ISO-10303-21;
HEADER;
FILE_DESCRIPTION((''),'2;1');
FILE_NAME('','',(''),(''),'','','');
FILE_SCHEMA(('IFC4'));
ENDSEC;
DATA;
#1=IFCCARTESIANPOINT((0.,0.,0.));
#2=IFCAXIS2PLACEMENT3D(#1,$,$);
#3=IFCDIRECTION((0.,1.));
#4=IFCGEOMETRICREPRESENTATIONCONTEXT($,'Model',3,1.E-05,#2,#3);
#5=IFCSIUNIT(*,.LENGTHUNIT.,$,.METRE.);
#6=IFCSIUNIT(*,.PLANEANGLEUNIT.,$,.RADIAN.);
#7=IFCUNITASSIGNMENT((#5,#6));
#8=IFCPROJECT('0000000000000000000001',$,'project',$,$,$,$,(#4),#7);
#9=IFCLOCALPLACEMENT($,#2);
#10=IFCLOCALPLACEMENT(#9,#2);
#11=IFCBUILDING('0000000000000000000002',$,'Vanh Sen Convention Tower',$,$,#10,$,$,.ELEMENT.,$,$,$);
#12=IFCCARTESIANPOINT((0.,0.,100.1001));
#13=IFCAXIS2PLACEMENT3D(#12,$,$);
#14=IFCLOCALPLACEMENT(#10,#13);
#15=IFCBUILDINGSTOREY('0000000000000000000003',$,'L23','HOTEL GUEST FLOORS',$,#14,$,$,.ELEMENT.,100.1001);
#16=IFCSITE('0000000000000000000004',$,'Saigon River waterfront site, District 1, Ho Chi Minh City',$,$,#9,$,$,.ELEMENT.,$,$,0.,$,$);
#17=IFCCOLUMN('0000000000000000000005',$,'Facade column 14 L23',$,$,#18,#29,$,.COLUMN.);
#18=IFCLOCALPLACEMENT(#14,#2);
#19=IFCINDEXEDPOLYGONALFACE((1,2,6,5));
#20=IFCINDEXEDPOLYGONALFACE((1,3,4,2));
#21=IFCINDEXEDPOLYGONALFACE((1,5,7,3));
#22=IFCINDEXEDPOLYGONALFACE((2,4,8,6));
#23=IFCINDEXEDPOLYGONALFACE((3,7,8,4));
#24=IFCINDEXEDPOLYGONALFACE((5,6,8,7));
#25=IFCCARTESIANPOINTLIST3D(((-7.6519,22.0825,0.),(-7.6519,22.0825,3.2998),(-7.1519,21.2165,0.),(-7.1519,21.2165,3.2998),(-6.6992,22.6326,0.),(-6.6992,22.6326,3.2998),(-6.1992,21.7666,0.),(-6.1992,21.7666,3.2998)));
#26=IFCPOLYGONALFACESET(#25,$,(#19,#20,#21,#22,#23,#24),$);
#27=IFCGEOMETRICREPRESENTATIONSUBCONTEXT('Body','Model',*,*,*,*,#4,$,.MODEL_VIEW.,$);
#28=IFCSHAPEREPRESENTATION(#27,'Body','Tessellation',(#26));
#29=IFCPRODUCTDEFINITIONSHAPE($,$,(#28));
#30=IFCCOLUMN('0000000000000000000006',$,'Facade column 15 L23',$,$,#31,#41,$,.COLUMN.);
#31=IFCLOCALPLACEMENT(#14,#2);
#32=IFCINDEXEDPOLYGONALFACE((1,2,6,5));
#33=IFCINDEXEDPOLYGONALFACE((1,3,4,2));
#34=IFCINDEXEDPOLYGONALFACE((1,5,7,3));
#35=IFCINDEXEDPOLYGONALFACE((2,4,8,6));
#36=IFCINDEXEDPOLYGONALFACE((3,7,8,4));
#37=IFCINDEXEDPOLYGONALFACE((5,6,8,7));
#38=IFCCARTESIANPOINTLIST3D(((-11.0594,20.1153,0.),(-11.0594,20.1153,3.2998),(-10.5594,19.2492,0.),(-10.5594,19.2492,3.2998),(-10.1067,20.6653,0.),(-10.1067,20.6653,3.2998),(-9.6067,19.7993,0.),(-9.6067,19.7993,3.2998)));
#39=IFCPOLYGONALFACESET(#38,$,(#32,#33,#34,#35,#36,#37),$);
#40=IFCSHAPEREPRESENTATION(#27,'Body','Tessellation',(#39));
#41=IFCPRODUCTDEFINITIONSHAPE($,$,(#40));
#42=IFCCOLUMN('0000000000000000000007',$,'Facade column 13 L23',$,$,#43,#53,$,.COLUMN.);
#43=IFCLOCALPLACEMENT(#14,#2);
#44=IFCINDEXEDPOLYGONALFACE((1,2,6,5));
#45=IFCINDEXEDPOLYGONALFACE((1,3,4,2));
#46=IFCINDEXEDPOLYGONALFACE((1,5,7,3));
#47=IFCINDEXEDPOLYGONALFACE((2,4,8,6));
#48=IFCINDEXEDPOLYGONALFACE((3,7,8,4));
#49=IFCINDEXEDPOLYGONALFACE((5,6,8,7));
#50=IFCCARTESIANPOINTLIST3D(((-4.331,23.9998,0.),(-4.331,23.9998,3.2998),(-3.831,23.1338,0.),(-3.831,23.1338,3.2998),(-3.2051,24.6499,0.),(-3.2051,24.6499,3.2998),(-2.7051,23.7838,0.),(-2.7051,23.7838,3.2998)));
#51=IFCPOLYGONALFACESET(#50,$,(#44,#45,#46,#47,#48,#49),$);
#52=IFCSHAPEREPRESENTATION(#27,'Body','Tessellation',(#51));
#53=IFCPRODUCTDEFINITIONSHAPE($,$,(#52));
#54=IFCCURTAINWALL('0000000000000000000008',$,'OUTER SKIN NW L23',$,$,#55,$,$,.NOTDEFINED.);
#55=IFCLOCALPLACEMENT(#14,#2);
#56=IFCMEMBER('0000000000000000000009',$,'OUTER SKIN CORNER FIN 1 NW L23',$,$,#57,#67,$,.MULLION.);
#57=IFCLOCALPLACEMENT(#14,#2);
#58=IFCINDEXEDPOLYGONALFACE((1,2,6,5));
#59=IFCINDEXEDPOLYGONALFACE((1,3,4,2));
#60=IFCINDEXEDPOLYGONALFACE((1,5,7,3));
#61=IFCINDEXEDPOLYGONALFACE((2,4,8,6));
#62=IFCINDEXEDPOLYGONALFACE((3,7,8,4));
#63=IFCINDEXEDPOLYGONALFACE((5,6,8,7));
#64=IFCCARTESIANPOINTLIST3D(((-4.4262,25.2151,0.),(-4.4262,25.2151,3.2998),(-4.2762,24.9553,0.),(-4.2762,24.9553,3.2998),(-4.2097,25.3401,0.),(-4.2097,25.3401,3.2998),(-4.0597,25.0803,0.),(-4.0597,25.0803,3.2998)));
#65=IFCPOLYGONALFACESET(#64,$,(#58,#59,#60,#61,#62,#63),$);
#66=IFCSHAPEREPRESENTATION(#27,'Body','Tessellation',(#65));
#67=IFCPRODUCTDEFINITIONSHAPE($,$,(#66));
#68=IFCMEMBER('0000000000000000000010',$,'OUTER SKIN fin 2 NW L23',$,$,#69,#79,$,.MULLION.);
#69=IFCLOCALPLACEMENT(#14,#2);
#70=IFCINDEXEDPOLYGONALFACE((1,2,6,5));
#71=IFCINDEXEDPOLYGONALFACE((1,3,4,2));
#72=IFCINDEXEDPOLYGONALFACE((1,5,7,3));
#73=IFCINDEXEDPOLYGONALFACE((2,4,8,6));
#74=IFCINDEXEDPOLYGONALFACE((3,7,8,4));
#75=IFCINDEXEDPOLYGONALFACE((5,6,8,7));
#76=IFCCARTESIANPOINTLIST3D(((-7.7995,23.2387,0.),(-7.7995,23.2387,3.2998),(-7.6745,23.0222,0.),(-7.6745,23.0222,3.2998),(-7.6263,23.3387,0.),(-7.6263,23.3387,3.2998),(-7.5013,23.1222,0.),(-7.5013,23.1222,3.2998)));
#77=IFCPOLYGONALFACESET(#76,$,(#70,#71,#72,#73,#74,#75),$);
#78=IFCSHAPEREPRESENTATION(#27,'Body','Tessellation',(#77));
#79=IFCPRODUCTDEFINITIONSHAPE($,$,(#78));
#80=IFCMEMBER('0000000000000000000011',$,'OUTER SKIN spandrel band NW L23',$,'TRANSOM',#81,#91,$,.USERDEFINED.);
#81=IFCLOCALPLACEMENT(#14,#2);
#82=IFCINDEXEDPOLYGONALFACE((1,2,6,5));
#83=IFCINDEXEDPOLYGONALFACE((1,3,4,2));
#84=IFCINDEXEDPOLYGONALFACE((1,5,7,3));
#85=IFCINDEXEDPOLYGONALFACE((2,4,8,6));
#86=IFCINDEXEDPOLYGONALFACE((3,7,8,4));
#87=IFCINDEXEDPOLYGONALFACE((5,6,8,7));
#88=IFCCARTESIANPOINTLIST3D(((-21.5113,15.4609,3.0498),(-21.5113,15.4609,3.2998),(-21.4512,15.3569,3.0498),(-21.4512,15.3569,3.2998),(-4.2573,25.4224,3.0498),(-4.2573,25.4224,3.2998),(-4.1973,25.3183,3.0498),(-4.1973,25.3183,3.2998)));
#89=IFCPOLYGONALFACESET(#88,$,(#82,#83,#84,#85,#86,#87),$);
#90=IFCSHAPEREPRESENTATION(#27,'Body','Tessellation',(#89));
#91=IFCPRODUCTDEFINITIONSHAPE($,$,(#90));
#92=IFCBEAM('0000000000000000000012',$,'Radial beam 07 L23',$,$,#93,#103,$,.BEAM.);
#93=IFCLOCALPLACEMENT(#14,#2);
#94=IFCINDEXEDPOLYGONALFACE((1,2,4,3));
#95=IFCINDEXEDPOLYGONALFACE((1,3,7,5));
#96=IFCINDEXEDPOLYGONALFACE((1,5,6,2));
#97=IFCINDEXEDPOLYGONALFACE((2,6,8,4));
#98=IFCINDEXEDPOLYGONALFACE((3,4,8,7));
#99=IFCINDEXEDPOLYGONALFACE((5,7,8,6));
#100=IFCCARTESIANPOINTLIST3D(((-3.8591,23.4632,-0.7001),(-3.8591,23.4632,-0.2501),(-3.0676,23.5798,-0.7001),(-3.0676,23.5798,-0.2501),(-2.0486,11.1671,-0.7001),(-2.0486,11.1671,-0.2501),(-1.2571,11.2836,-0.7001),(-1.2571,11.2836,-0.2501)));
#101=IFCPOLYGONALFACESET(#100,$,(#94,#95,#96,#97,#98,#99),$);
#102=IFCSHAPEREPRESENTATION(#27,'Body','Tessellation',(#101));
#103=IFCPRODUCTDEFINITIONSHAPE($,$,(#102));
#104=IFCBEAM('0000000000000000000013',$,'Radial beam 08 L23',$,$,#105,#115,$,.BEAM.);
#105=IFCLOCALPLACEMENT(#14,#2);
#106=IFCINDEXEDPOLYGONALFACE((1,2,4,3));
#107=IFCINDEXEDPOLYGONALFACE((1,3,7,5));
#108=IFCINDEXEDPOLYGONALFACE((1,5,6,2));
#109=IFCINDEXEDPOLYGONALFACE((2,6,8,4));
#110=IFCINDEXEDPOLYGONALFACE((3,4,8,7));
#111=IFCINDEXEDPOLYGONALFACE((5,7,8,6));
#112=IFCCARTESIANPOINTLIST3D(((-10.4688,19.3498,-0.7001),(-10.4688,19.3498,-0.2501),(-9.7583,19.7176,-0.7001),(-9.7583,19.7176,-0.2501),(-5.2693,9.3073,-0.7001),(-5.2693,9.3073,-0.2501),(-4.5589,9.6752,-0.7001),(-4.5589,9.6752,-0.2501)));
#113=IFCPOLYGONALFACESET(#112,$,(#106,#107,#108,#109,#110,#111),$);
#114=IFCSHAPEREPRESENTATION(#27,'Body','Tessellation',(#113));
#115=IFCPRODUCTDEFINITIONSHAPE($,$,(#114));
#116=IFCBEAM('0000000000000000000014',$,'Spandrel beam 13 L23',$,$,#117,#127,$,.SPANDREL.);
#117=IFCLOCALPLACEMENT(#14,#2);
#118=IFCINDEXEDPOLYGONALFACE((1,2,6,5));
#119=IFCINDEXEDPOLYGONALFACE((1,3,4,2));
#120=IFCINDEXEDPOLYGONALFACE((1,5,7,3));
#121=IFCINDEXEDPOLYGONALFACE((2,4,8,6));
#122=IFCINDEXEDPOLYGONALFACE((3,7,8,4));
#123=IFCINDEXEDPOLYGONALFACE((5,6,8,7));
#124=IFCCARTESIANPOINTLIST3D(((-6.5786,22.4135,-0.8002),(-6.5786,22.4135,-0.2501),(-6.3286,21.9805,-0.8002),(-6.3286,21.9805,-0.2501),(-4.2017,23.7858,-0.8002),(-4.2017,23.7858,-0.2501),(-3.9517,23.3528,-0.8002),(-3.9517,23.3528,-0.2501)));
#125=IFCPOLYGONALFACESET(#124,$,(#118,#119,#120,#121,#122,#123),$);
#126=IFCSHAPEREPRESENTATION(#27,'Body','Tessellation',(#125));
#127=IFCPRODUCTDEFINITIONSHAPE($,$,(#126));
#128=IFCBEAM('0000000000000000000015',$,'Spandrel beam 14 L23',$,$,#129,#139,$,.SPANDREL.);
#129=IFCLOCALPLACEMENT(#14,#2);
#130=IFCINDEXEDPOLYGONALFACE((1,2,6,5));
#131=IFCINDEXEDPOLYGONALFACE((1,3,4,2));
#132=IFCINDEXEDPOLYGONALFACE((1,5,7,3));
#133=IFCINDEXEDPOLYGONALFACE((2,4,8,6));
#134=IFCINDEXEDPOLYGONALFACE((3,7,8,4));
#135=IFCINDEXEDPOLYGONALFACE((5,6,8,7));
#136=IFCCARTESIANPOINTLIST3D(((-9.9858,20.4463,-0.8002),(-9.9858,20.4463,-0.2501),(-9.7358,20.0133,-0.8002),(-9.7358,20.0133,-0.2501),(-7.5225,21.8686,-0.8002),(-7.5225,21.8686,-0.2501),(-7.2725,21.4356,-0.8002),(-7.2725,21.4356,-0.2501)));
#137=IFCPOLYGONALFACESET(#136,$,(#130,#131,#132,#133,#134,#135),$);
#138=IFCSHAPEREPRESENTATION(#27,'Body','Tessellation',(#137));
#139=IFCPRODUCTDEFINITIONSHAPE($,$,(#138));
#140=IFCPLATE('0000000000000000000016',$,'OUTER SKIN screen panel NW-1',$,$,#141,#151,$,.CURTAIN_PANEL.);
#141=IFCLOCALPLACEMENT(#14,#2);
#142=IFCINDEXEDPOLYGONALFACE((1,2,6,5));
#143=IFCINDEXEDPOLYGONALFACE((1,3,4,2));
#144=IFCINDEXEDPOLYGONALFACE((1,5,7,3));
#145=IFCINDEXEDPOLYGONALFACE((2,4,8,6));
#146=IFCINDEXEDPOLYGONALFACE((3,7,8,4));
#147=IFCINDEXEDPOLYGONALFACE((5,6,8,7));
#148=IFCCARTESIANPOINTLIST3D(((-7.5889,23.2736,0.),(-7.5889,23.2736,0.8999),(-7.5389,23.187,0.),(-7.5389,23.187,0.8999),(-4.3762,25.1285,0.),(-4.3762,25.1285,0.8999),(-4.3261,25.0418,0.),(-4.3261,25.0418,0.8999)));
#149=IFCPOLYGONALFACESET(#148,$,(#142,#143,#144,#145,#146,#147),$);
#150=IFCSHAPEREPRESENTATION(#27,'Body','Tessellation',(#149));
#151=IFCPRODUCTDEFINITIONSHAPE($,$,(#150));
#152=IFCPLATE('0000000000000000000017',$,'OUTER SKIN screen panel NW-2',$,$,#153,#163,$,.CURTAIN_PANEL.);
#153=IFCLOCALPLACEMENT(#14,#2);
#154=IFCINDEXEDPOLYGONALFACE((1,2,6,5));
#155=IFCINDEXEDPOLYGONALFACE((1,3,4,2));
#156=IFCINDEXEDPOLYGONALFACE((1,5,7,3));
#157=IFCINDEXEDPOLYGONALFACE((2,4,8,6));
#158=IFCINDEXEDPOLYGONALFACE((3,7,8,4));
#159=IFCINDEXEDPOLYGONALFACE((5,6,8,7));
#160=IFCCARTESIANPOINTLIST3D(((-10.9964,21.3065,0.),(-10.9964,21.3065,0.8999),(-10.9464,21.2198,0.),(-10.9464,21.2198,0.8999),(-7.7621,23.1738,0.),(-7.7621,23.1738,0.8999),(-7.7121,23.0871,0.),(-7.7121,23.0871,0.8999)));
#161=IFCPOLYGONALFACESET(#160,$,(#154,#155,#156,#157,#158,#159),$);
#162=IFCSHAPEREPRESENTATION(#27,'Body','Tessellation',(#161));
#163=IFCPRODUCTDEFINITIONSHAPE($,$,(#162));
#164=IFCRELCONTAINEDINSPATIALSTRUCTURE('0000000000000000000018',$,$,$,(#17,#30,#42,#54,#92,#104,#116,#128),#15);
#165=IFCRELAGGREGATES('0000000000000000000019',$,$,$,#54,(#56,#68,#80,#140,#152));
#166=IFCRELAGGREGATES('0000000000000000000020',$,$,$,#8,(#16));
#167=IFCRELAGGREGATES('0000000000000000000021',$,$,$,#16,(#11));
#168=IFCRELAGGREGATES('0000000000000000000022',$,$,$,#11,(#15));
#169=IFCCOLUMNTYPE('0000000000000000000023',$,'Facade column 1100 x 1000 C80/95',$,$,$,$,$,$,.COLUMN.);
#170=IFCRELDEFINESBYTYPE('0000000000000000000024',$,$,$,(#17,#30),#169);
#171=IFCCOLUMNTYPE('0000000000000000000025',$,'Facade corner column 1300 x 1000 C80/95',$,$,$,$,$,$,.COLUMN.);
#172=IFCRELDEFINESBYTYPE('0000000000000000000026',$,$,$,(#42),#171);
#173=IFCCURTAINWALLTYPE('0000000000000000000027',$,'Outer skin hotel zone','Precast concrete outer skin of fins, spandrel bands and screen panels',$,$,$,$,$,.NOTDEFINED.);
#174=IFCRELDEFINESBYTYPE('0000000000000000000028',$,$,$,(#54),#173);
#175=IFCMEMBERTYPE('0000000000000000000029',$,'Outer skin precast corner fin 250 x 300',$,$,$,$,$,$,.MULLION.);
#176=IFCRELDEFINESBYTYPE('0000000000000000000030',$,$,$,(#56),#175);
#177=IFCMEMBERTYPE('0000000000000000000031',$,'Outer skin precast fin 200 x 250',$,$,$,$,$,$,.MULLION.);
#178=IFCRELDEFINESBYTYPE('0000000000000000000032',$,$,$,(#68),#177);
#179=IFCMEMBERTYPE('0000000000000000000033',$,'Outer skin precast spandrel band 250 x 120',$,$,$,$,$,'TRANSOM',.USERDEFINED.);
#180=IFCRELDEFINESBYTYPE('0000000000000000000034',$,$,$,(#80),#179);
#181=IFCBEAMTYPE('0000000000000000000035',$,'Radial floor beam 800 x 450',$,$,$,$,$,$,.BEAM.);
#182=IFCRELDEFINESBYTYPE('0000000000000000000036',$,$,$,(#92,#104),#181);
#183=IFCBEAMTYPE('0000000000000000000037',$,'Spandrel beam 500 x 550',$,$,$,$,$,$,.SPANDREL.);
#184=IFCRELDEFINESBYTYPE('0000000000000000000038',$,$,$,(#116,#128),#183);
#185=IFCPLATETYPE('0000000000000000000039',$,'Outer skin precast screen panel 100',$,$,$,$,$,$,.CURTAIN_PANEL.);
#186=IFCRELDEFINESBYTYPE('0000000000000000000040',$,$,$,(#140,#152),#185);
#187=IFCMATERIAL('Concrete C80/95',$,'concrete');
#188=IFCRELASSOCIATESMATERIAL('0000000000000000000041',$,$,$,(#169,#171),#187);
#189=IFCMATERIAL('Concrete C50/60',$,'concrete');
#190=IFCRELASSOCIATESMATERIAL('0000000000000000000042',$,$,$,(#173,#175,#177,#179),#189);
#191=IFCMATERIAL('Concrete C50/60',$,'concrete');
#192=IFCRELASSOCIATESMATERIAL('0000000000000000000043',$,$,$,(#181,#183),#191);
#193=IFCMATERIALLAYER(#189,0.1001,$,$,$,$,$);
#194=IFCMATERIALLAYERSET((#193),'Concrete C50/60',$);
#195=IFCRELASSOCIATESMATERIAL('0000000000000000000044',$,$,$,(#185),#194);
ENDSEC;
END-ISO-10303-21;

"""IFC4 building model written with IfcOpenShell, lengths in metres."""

from ifc_helpers import new_model, si_unit, direction, frame, origin, origin_2d, place, context, subcontext, project, spatial, rectangle, extrude, material, layer, layer_set, material_profile, profile_set, type_object, element, aggregate, save


model = new_model("IFC4")

# Units and contexts
model_context = context("Model", 3, precision=1e-05, world=origin(), true_north=direction((0.0, 1.0)))
body_context = subcontext(model_context, "Body", "Model", "MODEL_VIEW")
ifc_project = project(units=[si_unit("LENGTHUNIT", "METRE"), si_unit("PLANEANGLEUNIT", "RADIAN")], contexts=[model_context])

# Site, building, storey
site_placement = place(None, origin())
site = spatial("IfcSite", under=ifc_project, at=site_placement, Name="Saigon River waterfront site, District 1, Ho Chi Minh City", CompositionType="ELEMENT", RefElevation=0.0)
building_placement = place(site_placement, origin())
building = spatial("IfcBuilding", under=site, at=building_placement, Name="Vanh Sen Convention Tower", CompositionType="ELEMENT")
storey_placement = place(building_placement, frame((0.0, 0.0, 100.1001)))
storey = spatial("IfcBuildingStorey", under=building, at=storey_placement, Name="L23", Description="HOTEL GUEST FLOORS", CompositionType="ELEMENT", Elevation=100.1001)

# Columns
ifc_material_1 = material(Name="Concrete C80/95", Category="concrete")
ifc_material_profile_1 = material_profile(ifc_material_1, rectangle(XDim=1.1001, YDim=1.0, at=origin_2d()), Name="RC 1100X1000")
ifc_profile_set_1 = profile_set([ifc_material_profile_1], Name="Concrete C80/95")
column_type_1 = type_object("IfcColumnType", Name="Facade column 1100 x 1000 C80/95", PredefinedType="COLUMN", material=ifc_profile_set_1)
for number, where, z_axis, x_axis, name in (
    (1, (-6.9255, 21.9246, 0.0), (0.0, 0.0, 1.0), (-0.866025, -0.5, 0.0), "Facade column 14 L23"),
    (2, (-10.333, 19.9573, 0.0), (0.0, 0.0, 1.0), (-0.866025, -0.5, 0.0), "Facade column 15 L23"),
):
    element("IfcColumn", number, at=place(storey_placement, frame(where, z_axis=z_axis, x_axis=x_axis)), inside=storey, type_object=column_type_1, Name=name, PredefinedType="COLUMN", context=body_context, shape_type="SweptSolid", body=[
        extrude(rectangle(XDim=1.1001, YDim=1.0, at=origin_2d()), origin(), (0.0, 0.0, 1.0), 3.2998),
    ])
ifc_material_profile_2 = material_profile(ifc_material_1, rectangle(XDim=1.3, YDim=1.0, at=origin_2d()), Name="RC 1300X1000")
ifc_profile_set_2 = profile_set([ifc_material_profile_2], Name="Concrete C80/95")
column_type_2 = type_object("IfcColumnType", Name="Facade corner column 1300 x 1000 C80/95", PredefinedType="COLUMN", material=ifc_profile_set_2)
column_placement = place(storey_placement, frame((-3.5181, 23.8918, 0.0), z_axis=(0.0, 0.0, 1.0), x_axis=(-0.866025, -0.5, 0.0)))
element("IfcColumn", 3, at=column_placement, inside=storey, type_object=column_type_2, Name="Facade column 13 L23", PredefinedType="COLUMN", context=body_context, shape_type="SweptSolid", body=[
    extrude(rectangle(XDim=1.3, YDim=1.0, at=origin_2d()), origin(), (0.0, 0.0, 1.0), 3.2998),
])

# Curtain wall, members
ifc_material_2 = material(Name="Concrete C50/60", Category="concrete")
curtain_wall_type = type_object("IfcCurtainWallType", Name="Outer skin hotel zone", Description="Precast concrete outer skin of fins, spandrel bands and screen panels", PredefinedType="NOTDEFINED", material=ifc_material_2)
curtain_wall_placement = place(storey_placement, origin())
curtain_wall = element("IfcCurtainWall", 4, at=curtain_wall_placement, inside=storey, type_object=curtain_wall_type, Name="OUTER SKIN NW L23", PredefinedType="NOTDEFINED")
ifc_material_profile_3 = material_profile(ifc_material_2, rectangle(XDim=0.25, YDim=0.3, at=origin_2d()), Name="Outer skin precast corner fin 250 x 300")
ifc_profile_set_3 = profile_set([ifc_material_profile_3], Name="Concrete C50/60")
member_type_1 = type_object("IfcMemberType", Name="Outer skin precast corner fin 250 x 300", PredefinedType="MULLION", material=ifc_profile_set_3)
member_1_placement = place(storey_placement, frame((-4.2429, 25.1477, 0.0), z_axis=(0.0, 0.0, 1.0), x_axis=(-0.866025, -0.5, 0.0)))
member_1 = element("IfcMember", 5, at=member_1_placement, type_object=member_type_1, Name="OUTER SKIN CORNER FIN 1 NW L23", PredefinedType="MULLION", context=body_context, shape_type="SweptSolid", body=[
    extrude(rectangle(XDim=0.25, YDim=0.3, at=origin_2d()), origin(), (0.0, 0.0, 1.0), 3.2998),
])
ifc_material_profile_4 = material_profile(ifc_material_2, rectangle(XDim=0.2, YDim=0.25, at=origin_2d()), Name="Outer skin precast fin 200 x 250")
ifc_profile_set_4 = profile_set([ifc_material_profile_4], Name="Concrete C50/60")
member_type_2 = type_object("IfcMemberType", Name="Outer skin precast fin 200 x 250", PredefinedType="MULLION", material=ifc_profile_set_4)
member_2_placement = place(storey_placement, frame((-7.6504, 23.1804, 0.0), z_axis=(0.0, 0.0, 1.0), x_axis=(-0.866025, -0.5, 0.0)))
member_2 = element("IfcMember", 6, at=member_2_placement, type_object=member_type_2, Name="OUTER SKIN fin 2 NW L23", PredefinedType="MULLION", context=body_context, shape_type="SweptSolid", body=[
    extrude(rectangle(XDim=0.2, YDim=0.25, at=origin_2d()), origin(), (0.0, 0.0, 1.0), 3.2998),
])
ifc_material_profile_5 = material_profile(ifc_material_2, rectangle(XDim=0.1201, YDim=0.25, at=origin_2d()), Name="Outer skin precast spandrel band 250 x 120")
ifc_profile_set_5 = profile_set([ifc_material_profile_5], Name="Concrete C50/60")
member_type_3 = type_object("IfcMemberType", Name="Outer skin precast spandrel band 250 x 120", ElementType="TRANSOM", PredefinedType="USERDEFINED", material=ifc_profile_set_5)
member_3_placement = place(storey_placement, frame((-4.2273, 25.3704, 3.1748), z_axis=(-0.866028, -0.499995, 0.0), x_axis=(0.499995, -0.866028, 0.0)))
member_3 = element("IfcMember", 7, at=member_3_placement, type_object=member_type_3, Name="OUTER SKIN spandrel band NW L23", ObjectType="TRANSOM", PredefinedType="USERDEFINED", context=body_context, shape_type="SweptSolid", body=[
    extrude(rectangle(XDim=0.1201, YDim=0.25, at=origin_2d()), origin(), (0.0, 0.0, 1.0), 19.9231),
])

# Beams
ifc_material_3 = material(Name="Concrete C50/60", Category="concrete")
ifc_material_profile_6 = material_profile(ifc_material_3, rectangle(XDim=0.8, YDim=0.45, at=origin_2d()), Name="RC 800X450")
ifc_profile_set_6 = profile_set([ifc_material_profile_6], Name="Concrete C50/60")
beam_type_1 = type_object("IfcBeamType", Name="Radial floor beam 800 x 450", PredefinedType="BEAM", material=ifc_profile_set_6)
beam_1_placement = place(storey_placement, frame((-3.4634, 23.5215, -0.4751), z_axis=(0.145674, -0.989333, 0.0), x_axis=(0.989333, 0.145674, 0.0)))
element("IfcBeam", 8, at=beam_1_placement, inside=storey, type_object=beam_type_1, Name="Radial beam 07 L23", PredefinedType="BEAM", context=body_context, shape_type="SweptSolid", body=[
    extrude(rectangle(XDim=0.8, YDim=0.45, at=origin_2d()), origin(), (0.0, 0.0, 1.0), 12.4287),
])
beam_2_placement = place(storey_placement, frame((-10.1135, 19.5337, -0.4751), z_axis=(0.459777, -0.888034, 0.0), x_axis=(0.888034, 0.459777, 0.0)))
element("IfcBeam", 9, at=beam_2_placement, inside=storey, type_object=beam_type_1, Name="Radial beam 08 L23", PredefinedType="BEAM", context=body_context, shape_type="SweptSolid", body=[
    extrude(rectangle(XDim=0.8, YDim=0.45, at=origin_2d()), origin(), (0.0, 0.0, 1.0), 11.3086),
])
ifc_material_profile_7 = material_profile(ifc_material_3, rectangle(XDim=0.5, YDim=0.55, at=origin_2d()), Name="RC 500X550")
ifc_profile_set_7 = profile_set([ifc_material_profile_7], Name="Concrete C50/60")
beam_type_2 = type_object("IfcBeamType", Name="Spandrel beam 500 x 550", PredefinedType="SPANDREL", material=ifc_profile_set_7)
beam_3_placement = place(storey_placement, frame((-4.0767, 23.5693, -0.5251), z_axis=(-0.866029, -0.499995, 0.0), x_axis=(0.499995, -0.866029, 0.0)))
element("IfcBeam", 10, at=beam_3_placement, inside=storey, type_object=beam_type_2, Name="Spandrel beam 13 L23", PredefinedType="SPANDREL", context=body_context, shape_type="SweptSolid", body=[
    extrude(rectangle(XDim=0.5, YDim=0.55, at=origin_2d()), origin(), (0.0, 0.0, 1.0), 2.7446),
])
beam_4_placement = place(storey_placement, frame((-7.3975, 21.6521, -0.5251), z_axis=(-0.866005, -0.500034, 0.0), x_axis=(0.500034, -0.866005, 0.0)))
element("IfcBeam", 11, at=beam_4_placement, inside=storey, type_object=beam_type_2, Name="Spandrel beam 14 L23", PredefinedType="SPANDREL", context=body_context, shape_type="SweptSolid", body=[
    extrude(rectangle(XDim=0.5, YDim=0.55, at=origin_2d()), origin(), (0.0, 0.0, 1.0), 2.8445),
])

# Plates
ifc_layer_1 = layer(ifc_material_2, 0.1001)
ifc_layer_set_1 = layer_set([ifc_layer_1], Name="Concrete C50/60")
plate_type = type_object("IfcPlateType", Name="Outer skin precast screen panel 100", PredefinedType="CURTAIN_PANEL", material=ifc_layer_set_1)
plate_1_placement = place(storey_placement, frame((-5.9575, 24.1577, 0.0), z_axis=(0.0, 0.0, 1.0), x_axis=(-0.866028, -0.499995, 0.0)))
plate_1 = element("IfcPlate", 12, at=plate_1_placement, type_object=plate_type, Name="OUTER SKIN screen panel NW-1", PredefinedType="CURTAIN_PANEL", context=body_context, shape_type="SweptSolid", body=[
    extrude(rectangle(XDim=3.7097, YDim=0.1001, at=origin_2d()), origin(), (0.0, 0.0, 1.0), 0.8999),
])
plate_2_placement = place(storey_placement, frame((-9.3542, 22.1968, 0.0), z_axis=(0.0, 0.0, 1.0), x_axis=(-0.866021, -0.500008, 0.0)))
plate_2 = element("IfcPlate", 13, at=plate_2_placement, type_object=plate_type, Name="OUTER SKIN screen panel NW-2", PredefinedType="CURTAIN_PANEL", context=body_context, shape_type="SweptSolid", body=[
    extrude(rectangle(XDim=3.7346, YDim=0.1001, at=origin_2d()), origin(), (0.0, 0.0, 1.0), 0.8999),
])
aggregate(curtain_wall, [member_1, member_2, member_3, plate_1, plate_2])

save(model, "model.ifc")
